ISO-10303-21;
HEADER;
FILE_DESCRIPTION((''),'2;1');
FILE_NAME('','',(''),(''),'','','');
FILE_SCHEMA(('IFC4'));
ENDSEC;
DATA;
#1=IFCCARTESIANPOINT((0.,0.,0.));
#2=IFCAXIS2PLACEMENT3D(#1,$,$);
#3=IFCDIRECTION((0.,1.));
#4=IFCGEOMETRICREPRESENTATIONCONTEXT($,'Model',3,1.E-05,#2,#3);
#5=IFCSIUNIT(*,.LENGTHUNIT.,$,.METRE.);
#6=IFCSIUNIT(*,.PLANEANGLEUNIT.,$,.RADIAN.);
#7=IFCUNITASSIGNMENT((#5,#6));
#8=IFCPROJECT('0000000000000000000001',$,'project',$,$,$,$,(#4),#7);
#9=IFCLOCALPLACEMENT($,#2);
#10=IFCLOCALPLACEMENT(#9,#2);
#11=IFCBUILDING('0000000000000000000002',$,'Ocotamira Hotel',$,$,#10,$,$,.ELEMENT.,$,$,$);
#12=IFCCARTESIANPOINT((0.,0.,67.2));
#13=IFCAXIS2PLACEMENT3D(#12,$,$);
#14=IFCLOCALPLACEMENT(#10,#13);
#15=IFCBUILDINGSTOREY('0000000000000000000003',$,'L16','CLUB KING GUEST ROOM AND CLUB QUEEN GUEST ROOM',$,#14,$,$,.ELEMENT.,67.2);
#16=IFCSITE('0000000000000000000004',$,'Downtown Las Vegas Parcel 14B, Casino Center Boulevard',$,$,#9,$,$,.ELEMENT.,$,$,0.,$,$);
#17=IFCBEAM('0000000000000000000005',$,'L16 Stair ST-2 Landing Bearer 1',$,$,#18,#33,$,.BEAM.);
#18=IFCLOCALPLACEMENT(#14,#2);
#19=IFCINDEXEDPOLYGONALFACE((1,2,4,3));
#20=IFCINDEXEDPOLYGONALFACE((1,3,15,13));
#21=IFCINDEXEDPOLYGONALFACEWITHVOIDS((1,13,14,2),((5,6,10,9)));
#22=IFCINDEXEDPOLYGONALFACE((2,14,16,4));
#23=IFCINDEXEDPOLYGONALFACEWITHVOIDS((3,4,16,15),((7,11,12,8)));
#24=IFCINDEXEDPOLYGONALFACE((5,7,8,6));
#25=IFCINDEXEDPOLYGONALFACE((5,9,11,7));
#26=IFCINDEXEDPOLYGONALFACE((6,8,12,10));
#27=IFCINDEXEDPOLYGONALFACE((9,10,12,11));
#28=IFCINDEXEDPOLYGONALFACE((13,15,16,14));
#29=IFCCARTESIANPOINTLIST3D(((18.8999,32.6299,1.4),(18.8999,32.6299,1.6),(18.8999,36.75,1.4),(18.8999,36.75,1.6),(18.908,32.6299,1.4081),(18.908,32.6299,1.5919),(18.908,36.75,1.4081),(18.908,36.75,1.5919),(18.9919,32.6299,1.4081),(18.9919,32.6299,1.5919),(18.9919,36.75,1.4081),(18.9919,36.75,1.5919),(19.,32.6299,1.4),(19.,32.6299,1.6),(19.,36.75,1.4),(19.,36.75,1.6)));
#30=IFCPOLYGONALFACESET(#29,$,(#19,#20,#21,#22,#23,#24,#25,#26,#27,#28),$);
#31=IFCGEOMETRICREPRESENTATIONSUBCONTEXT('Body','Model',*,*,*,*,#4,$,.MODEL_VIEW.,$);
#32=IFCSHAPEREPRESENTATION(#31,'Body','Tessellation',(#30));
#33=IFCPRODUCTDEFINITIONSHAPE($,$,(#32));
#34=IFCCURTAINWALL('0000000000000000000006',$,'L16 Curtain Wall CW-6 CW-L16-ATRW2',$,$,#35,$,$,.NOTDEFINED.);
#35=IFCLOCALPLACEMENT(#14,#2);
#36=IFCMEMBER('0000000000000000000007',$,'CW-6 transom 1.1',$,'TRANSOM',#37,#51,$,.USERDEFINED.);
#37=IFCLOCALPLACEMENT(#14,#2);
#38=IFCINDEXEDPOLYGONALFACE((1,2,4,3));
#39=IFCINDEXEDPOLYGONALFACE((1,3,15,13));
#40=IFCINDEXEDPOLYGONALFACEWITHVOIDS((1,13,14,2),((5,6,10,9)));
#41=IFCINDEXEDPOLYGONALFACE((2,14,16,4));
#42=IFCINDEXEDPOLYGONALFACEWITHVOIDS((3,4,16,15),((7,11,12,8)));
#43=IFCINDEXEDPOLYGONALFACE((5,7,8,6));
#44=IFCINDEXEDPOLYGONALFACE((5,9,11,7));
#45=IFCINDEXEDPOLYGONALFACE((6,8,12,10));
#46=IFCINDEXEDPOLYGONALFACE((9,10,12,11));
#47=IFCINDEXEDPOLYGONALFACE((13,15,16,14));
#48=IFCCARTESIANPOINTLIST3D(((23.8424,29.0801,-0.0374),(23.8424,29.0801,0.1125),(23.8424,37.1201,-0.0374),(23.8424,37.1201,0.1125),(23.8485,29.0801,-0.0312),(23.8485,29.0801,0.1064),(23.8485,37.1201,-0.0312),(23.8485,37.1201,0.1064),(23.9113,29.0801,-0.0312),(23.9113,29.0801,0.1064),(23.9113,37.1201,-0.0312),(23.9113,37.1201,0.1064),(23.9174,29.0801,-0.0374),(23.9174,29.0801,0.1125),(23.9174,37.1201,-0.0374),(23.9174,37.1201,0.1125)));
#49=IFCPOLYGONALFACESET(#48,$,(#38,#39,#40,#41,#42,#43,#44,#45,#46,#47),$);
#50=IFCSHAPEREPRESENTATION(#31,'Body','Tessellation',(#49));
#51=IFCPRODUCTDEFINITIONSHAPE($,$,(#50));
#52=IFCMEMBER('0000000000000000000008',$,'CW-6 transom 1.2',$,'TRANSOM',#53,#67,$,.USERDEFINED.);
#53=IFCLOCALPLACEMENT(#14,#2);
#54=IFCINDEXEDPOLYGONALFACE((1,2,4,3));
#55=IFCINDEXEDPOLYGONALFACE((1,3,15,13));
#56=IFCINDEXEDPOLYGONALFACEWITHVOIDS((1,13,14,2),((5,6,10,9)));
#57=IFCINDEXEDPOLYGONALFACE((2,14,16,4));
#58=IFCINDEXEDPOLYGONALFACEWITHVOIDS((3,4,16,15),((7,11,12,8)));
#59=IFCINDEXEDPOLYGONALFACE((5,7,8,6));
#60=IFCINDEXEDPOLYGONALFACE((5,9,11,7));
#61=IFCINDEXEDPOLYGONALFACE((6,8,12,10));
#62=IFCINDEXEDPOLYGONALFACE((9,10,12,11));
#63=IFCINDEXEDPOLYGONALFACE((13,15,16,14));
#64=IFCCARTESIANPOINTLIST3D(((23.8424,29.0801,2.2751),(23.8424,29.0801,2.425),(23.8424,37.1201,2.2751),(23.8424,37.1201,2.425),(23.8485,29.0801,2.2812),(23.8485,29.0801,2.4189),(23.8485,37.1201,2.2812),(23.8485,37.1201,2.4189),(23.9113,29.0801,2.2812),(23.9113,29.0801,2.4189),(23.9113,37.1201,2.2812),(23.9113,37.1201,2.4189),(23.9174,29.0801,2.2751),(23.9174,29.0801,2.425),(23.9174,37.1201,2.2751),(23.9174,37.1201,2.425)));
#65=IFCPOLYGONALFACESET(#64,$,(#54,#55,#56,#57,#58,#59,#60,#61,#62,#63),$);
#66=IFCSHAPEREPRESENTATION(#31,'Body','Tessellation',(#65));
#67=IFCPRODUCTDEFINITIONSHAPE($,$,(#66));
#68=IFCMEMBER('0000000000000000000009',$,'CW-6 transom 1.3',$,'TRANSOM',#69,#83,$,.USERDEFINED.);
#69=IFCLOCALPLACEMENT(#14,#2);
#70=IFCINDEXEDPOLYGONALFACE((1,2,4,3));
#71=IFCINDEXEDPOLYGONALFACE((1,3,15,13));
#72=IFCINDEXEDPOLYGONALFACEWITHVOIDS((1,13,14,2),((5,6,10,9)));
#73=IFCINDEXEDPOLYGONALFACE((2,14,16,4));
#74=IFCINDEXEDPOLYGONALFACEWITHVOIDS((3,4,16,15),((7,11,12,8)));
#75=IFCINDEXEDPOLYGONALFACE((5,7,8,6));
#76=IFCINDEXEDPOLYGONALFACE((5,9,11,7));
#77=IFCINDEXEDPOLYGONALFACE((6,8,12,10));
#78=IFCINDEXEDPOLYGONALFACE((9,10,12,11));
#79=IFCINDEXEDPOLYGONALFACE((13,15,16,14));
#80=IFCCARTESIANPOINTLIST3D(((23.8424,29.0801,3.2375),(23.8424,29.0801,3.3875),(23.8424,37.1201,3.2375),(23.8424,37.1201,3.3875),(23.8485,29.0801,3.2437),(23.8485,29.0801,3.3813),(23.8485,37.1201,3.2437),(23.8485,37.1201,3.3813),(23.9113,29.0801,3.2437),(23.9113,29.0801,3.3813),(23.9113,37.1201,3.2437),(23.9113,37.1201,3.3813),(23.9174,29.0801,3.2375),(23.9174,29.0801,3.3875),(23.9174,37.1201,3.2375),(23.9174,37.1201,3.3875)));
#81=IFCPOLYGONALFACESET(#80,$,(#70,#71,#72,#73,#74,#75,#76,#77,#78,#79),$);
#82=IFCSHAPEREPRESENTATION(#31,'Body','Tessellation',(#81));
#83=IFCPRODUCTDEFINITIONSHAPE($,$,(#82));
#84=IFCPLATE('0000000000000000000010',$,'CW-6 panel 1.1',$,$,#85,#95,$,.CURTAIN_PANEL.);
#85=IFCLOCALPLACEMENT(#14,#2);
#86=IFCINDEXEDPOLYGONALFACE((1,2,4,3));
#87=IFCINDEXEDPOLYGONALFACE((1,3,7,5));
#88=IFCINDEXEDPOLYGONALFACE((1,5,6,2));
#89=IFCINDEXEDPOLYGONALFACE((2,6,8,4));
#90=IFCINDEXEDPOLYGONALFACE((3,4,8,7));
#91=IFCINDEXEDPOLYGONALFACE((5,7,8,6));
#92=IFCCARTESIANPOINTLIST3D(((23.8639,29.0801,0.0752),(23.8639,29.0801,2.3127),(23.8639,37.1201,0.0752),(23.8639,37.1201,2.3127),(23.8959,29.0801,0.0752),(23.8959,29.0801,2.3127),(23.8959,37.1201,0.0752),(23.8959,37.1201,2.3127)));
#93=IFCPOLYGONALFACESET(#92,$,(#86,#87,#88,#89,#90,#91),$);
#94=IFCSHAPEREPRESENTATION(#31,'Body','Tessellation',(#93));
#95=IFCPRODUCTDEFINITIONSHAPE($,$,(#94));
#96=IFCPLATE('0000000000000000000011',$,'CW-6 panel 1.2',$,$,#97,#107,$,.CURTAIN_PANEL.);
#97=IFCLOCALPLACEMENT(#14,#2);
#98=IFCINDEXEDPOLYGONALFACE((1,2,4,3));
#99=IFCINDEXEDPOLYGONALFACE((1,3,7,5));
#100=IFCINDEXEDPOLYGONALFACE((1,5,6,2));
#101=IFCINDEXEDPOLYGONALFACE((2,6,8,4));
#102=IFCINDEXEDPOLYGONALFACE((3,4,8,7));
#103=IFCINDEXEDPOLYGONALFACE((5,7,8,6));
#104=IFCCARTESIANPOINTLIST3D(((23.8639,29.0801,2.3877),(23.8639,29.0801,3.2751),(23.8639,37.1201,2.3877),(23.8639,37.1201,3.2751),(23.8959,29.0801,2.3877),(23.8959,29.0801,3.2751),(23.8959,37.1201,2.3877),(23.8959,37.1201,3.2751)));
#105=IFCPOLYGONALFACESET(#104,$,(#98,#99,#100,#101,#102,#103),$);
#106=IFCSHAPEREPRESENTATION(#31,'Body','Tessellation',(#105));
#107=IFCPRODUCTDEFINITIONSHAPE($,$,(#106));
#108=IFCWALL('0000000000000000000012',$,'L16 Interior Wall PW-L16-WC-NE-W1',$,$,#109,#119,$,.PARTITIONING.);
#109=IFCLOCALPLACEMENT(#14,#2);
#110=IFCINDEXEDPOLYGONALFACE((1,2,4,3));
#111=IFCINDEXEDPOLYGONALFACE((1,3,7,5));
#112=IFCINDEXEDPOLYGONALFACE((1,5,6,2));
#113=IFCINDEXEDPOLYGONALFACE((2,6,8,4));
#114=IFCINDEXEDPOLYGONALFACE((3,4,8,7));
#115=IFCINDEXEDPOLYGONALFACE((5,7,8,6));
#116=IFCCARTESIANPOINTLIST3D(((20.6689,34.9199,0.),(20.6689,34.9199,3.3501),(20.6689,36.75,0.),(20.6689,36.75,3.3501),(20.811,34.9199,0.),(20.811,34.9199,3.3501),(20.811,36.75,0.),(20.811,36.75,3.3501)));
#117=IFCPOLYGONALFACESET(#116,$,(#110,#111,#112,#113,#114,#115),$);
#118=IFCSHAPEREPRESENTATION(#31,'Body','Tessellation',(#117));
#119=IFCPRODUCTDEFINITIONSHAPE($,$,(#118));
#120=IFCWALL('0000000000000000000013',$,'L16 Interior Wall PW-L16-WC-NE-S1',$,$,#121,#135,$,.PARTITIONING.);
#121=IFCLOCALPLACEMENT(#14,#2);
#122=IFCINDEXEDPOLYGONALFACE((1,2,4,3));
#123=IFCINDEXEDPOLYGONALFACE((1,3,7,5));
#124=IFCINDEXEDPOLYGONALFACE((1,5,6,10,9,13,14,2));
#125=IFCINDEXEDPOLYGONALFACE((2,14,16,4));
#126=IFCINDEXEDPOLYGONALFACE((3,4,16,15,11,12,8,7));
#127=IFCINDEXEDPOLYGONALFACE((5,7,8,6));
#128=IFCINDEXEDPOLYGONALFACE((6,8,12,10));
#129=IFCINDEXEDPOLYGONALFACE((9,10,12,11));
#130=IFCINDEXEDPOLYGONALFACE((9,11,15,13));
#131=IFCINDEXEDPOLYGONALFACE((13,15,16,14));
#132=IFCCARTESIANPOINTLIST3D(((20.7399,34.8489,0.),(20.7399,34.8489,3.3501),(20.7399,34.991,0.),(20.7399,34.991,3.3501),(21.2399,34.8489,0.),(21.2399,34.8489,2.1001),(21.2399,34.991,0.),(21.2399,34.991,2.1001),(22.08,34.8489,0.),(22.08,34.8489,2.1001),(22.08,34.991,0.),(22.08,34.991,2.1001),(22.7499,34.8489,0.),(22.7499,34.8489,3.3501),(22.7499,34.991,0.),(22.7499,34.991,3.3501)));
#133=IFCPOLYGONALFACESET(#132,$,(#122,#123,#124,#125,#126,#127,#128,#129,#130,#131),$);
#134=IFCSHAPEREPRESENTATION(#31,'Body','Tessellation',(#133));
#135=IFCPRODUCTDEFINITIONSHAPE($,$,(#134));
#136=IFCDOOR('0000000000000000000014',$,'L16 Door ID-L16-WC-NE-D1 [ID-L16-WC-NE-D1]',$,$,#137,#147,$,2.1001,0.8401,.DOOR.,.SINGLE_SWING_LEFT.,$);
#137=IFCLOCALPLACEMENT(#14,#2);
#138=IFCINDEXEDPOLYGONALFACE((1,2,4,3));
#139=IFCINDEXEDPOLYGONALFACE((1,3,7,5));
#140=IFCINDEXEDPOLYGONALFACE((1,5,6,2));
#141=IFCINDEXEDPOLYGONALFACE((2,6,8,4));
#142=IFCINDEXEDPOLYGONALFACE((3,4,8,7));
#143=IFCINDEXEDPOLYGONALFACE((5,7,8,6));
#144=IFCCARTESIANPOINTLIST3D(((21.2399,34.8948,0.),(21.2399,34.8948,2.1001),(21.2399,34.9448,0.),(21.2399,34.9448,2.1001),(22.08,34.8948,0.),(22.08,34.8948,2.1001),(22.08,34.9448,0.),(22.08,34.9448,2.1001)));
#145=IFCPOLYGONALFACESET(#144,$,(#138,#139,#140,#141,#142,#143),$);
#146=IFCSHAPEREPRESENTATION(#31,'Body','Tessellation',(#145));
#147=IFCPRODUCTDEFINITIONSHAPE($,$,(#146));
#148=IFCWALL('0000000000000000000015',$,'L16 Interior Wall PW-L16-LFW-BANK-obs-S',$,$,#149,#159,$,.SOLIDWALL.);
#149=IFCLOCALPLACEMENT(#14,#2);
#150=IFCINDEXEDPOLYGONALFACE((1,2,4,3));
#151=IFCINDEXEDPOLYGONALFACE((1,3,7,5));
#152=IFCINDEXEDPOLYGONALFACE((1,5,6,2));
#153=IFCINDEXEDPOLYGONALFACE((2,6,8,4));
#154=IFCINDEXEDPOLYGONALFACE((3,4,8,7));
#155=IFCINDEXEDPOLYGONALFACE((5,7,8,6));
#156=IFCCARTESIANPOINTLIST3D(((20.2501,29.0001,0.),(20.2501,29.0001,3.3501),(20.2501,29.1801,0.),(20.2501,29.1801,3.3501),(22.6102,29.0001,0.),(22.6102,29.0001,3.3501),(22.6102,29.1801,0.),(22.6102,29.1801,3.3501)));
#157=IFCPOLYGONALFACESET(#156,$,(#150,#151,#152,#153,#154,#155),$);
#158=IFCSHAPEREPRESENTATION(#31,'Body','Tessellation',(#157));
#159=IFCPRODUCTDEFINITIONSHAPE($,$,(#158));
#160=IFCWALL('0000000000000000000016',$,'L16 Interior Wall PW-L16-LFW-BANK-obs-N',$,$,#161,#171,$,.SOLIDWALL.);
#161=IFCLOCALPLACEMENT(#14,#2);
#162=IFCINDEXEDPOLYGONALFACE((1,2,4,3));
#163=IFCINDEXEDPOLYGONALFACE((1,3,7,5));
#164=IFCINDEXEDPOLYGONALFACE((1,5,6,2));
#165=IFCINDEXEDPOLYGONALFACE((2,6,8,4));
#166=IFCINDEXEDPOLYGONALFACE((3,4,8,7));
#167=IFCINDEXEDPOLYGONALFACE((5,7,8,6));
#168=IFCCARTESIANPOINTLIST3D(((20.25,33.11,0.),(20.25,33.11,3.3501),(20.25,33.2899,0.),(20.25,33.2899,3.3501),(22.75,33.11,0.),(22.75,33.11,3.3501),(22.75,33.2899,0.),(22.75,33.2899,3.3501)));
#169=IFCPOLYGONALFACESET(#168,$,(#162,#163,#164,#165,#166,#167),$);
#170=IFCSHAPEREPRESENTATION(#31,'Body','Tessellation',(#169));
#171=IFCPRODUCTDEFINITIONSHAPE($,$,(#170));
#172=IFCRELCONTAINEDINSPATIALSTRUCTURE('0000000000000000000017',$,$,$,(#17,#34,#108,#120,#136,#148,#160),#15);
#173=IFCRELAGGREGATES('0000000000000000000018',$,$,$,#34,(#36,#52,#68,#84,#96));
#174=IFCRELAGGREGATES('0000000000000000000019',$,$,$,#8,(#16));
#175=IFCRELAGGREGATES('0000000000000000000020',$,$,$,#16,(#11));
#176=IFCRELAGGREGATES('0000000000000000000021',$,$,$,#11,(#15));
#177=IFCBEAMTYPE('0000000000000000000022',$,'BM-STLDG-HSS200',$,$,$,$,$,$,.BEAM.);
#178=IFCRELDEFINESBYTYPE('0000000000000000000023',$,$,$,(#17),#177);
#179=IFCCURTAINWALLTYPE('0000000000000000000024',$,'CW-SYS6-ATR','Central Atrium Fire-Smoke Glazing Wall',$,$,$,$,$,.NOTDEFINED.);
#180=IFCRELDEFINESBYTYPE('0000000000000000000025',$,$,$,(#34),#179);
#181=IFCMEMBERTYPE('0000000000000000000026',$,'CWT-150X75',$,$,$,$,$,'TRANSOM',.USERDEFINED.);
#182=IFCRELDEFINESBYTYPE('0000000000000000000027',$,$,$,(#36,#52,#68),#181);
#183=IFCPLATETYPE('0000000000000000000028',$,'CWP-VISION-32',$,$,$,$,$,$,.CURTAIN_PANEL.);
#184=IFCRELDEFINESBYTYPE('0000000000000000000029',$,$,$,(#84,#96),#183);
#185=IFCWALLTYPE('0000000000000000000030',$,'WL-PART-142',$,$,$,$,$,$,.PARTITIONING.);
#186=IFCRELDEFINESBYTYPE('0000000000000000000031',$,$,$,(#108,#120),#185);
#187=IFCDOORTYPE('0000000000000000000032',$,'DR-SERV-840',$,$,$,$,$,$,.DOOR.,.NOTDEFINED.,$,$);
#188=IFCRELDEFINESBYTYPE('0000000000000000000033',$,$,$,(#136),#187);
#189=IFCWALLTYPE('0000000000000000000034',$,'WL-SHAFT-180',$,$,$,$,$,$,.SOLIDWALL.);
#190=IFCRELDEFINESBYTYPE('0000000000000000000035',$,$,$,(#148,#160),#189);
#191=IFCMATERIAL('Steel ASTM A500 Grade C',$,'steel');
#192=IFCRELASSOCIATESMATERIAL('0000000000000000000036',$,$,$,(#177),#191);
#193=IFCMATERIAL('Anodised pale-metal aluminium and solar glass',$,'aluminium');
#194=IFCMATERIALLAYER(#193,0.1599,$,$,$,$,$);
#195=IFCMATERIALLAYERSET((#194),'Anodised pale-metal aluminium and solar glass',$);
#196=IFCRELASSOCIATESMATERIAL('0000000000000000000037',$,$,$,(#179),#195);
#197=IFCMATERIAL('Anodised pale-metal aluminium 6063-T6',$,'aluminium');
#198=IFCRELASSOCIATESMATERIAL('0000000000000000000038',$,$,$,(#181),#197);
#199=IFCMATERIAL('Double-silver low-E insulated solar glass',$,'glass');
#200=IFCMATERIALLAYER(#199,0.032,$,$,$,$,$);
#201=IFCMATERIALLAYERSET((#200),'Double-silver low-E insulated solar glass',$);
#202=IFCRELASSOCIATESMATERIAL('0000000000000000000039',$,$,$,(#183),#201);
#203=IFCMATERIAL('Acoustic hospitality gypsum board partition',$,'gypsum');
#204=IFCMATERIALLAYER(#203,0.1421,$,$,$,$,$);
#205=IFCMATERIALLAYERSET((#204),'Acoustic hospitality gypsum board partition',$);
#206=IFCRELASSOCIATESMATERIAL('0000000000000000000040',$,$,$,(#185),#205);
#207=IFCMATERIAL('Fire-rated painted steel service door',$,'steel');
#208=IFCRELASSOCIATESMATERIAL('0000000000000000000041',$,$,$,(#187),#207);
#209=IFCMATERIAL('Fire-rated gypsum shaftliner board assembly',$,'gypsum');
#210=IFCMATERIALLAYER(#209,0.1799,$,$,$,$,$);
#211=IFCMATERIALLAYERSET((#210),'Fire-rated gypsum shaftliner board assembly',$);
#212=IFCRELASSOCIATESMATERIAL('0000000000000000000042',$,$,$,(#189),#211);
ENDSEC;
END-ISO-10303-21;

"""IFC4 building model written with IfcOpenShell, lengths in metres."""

from ifc_helpers import new_model, si_unit, direction, frame, frame_2d, origin, origin_2d, place, context, subcontext, project, spatial, rectangle, hollow_rectangle, extrude, source, transform, mapped, material, layer, layer_set, material_profile, profile_set, type_object, element, fill, aggregate, save


model = new_model("IFC4")

# Units and contexts
model_context = context("Model", 3, precision=1e-05, world=origin(), true_north=direction((0.0, 1.0)))
body_context = subcontext(model_context, "Body", "Model", "MODEL_VIEW")
ifc_project = project(units=[si_unit("LENGTHUNIT", "METRE"), si_unit("PLANEANGLEUNIT", "RADIAN")], contexts=[model_context])

# Site, building, storey
site_placement = place(None, origin())
site = spatial("IfcSite", under=ifc_project, at=site_placement, Name="Downtown Las Vegas Parcel 14B, Casino Center Boulevard", CompositionType="ELEMENT", RefElevation=0.0)
building_placement = place(site_placement, origin())
building = spatial("IfcBuilding", under=site, at=building_placement, Name="Ocotamira Hotel", CompositionType="ELEMENT")
storey_placement = place(building_placement, frame((0.0, 0.0, 67.2)))
storey = spatial("IfcBuildingStorey", under=building, at=storey_placement, Name="L16", Description="CLUB KING GUEST ROOM AND CLUB QUEEN GUEST ROOM", CompositionType="ELEMENT", Elevation=67.2)

# Beam
ifc_material_1 = material(Name="Steel ASTM A500 Grade C", Category="steel")
ifc_material_profile_1 = material_profile(ifc_material_1, hollow_rectangle(XDim=0.1001, YDim=0.2, WallThickness=0.0081, at=origin_2d()), Name="HSS200X100X8")
ifc_profile_set_1 = profile_set([ifc_material_profile_1], Name="Steel ASTM A500 Grade C")
beam_type = type_object("IfcBeamType", Name="BM-STLDG-HSS200", PredefinedType="BEAM", material=ifc_profile_set_1)
shared_shape_1 = source(origin(), body_context, "Body", "SweptSolid", [
    extrude(hollow_rectangle(XDim=0.1001, YDim=0.2, WallThickness=0.0081, at=origin_2d()), origin(), (0.0, 0.0, 1.0), 4.1201),
])
beam_placement = place(storey_placement, frame((18.95, 32.6299, 1.5), z_axis=(0.0, 1.0, 0.0), x_axis=(-1.0, 0.0, 0.0)))
element("IfcBeam", 1, at=beam_placement, inside=storey, type_object=beam_type, Name="L16 Stair ST-2 Landing Bearer 1", PredefinedType="BEAM", context=body_context, shape_type="MappedRepresentation", body=[
    mapped(shared_shape_1, transform((0.0, 0.0, 0.0), scale=1.0)),
])

# Curtain wall, members, plates
ifc_material_2 = material(Name="Anodised pale-metal aluminium and solar glass", Category="aluminium")
ifc_layer_1 = layer(ifc_material_2, 0.1599)
ifc_layer_set_1 = layer_set([ifc_layer_1], Name="Anodised pale-metal aluminium and solar glass")
curtain_wall_type = type_object("IfcCurtainWallType", Name="CW-SYS6-ATR", Description="Central Atrium Fire-Smoke Glazing Wall", PredefinedType="NOTDEFINED", material=ifc_layer_set_1)
curtain_wall_placement = place(storey_placement, origin())
curtain_wall = element("IfcCurtainWall", 2, at=curtain_wall_placement, inside=storey, type_object=curtain_wall_type, Name="L16 Curtain Wall CW-6 CW-L16-ATRW2", PredefinedType="NOTDEFINED")
ifc_material_3 = material(Name="Anodised pale-metal aluminium 6063-T6", Category="aluminium")
ifc_material_profile_2 = material_profile(ifc_material_3, hollow_rectangle(XDim=0.075, YDim=0.1499, WallThickness=0.0061, at=origin_2d()), Name="HSS150X75X6")
ifc_profile_set_2 = profile_set([ifc_material_profile_2], Name="Anodised pale-metal aluminium 6063-T6")
member_type = type_object("IfcMemberType", Name="CWT-150X75", ElementType="TRANSOM", PredefinedType="USERDEFINED", material=ifc_profile_set_2)
shared_shape_2 = source(origin(), body_context, "Body", "SweptSolid", [
    extrude(hollow_rectangle(XDim=0.075, YDim=0.1499, WallThickness=0.0061, at=origin_2d()), origin(), (0.0, 0.0, 1.0), 8.04),
])
member_1_placement = place(storey_placement, frame((23.8799, 29.0801, 0.0376), z_axis=(0.0, 1.0, 0.0), x_axis=(-1.0, 0.0, 0.0)))
member_1 = element("IfcMember", 3, at=member_1_placement, type_object=member_type, Name="CW-6 transom 1.1", ObjectType="TRANSOM", PredefinedType="USERDEFINED", context=body_context, shape_type="MappedRepresentation", body=[
    mapped(shared_shape_2, transform((0.0, 0.0, 0.0), scale=1.0)),
])
member_2_placement = place(storey_placement, frame((23.8799, 29.0801, 2.3501), z_axis=(0.0, 1.0, 0.0), x_axis=(-1.0, 0.0, 0.0)))
member_2 = element("IfcMember", 4, at=member_2_placement, type_object=member_type, Name="CW-6 transom 1.2", ObjectType="TRANSOM", PredefinedType="USERDEFINED", context=body_context, shape_type="MappedRepresentation", body=[
    mapped(shared_shape_2, transform((0.0, 0.0, 0.0), scale=1.0)),
])
member_3_placement = place(storey_placement, frame((23.8799, 29.0801, 3.3125), z_axis=(0.0, 1.0, 0.0), x_axis=(-1.0, 0.0, 0.0)))
member_3 = element("IfcMember", 5, at=member_3_placement, type_object=member_type, Name="CW-6 transom 1.3", ObjectType="TRANSOM", PredefinedType="USERDEFINED", context=body_context, shape_type="MappedRepresentation", body=[
    mapped(shared_shape_2, transform((0.0, 0.0, 0.0), scale=1.0)),
])
ifc_material_4 = material(Name="Double-silver low-E insulated solar glass", Category="glass")
ifc_layer_2 = layer(ifc_material_4, 0.032)
ifc_layer_set_2 = layer_set([ifc_layer_2], Name="Double-silver low-E insulated solar glass")
plate_type = type_object("IfcPlateType", Name="CWP-VISION-32", PredefinedType="CURTAIN_PANEL", material=ifc_layer_set_2)
shared_shape_3 = source(origin(), body_context, "Body", "SweptSolid", [
    extrude(rectangle(XDim=8.04, YDim=0.032, at=origin_2d()), origin(), (0.0, 0.0, 1.0), 2.2375),
])
plate_1_placement = place(storey_placement, frame((23.8799, 33.1001, 0.0752), z_axis=(0.0, 0.0, 1.0), x_axis=(0.0, 1.0, 0.0)))
plate_1 = element("IfcPlate", 6, at=plate_1_placement, type_object=plate_type, Name="CW-6 panel 1.1", PredefinedType="CURTAIN_PANEL", context=body_context, shape_type="MappedRepresentation", body=[
    mapped(shared_shape_3, transform((0.0, 0.0, 0.0), scale=1.0)),
])
shared_shape_4 = source(origin(), body_context, "Body", "SweptSolid", [
    extrude(rectangle(XDim=8.04, YDim=0.032, at=origin_2d()), origin(), (0.0, 0.0, 1.0), 0.8875),
])
plate_2_placement = place(storey_placement, frame((23.8799, 33.1001, 2.3877), z_axis=(0.0, 0.0, 1.0), x_axis=(0.0, 1.0, 0.0)))
plate_2 = element("IfcPlate", 7, at=plate_2_placement, type_object=plate_type, Name="CW-6 panel 1.2", PredefinedType="CURTAIN_PANEL", context=body_context, shape_type="MappedRepresentation", body=[
    mapped(shared_shape_4, transform((0.0, 0.0, 0.0), scale=1.0)),
])
aggregate(curtain_wall, [member_1, member_2, member_3, plate_1, plate_2])

# Wall
ifc_material_5 = material(Name="Acoustic hospitality gypsum board partition", Category="gypsum")
ifc_layer_3 = layer(ifc_material_5, 0.1421)
ifc_layer_set_3 = layer_set([ifc_layer_3], Name="Acoustic hospitality gypsum board partition")
wall_type_1 = type_object("IfcWallType", Name="WL-PART-142", PredefinedType="PARTITIONING", material=ifc_layer_set_3)
wall_1_placement = place(storey_placement, frame((20.74, 34.9199, 0.0), z_axis=(0.0, 0.0, 1.0), x_axis=(0.0, 1.0, 0.0)))
element("IfcWall", 8, at=wall_1_placement, inside=storey, type_object=wall_type_1, Name="L16 Interior Wall PW-L16-WC-NE-W1", PredefinedType="PARTITIONING", context=body_context, shape_type="SweptSolid", body=[
    extrude(rectangle(XDim=1.8301, YDim=0.1421, at=frame_2d((0.915, 0.0))), origin(), (0.0, 0.0, 1.0), 3.3501),
])

# Wall, opening, door
wall_2_placement = place(storey_placement, frame((20.74, 34.9199, 0.0), z_axis=(0.0, 0.0, 1.0), x_axis=(1.0, 0.0, 0.0)))
wall_2 = element("IfcWall", 9, at=wall_2_placement, inside=storey, type_object=wall_type_1, Name="L16 Interior Wall PW-L16-WC-NE-S1", PredefinedType="PARTITIONING", context=body_context, shape_type="SweptSolid", body=[
    extrude(rectangle(XDim=2.01, YDim=0.1421, at=frame_2d((1.0049, 0.0))), origin(), (0.0, 0.0, 1.0), 3.3501),
])
opening_placement = place(wall_2_placement, frame((0.5, 0.0, 0.0)))
opening = element("IfcOpeningElement", 10, at=opening_placement, cuts=wall_2, PredefinedType="OPENING", context=body_context, shape_type="SweptSolid", body=[
    extrude(rectangle(XDim=0.8401, YDim=2.1001, at=frame_2d((0.4199, 1.05))), frame((0.0, 0.0811, 0.0), z_axis=(0.0, -1.0, 0.0), x_axis=(1.0, 0.0, 0.0)), (0.0, 0.0, 1.0), 0.1621),
])
ifc_material_6 = material(Name="Fire-rated painted steel service door", Category="steel")
door_type = type_object("IfcDoorType", Name="DR-SERV-840", OperationType="NOTDEFINED", PredefinedType="DOOR", material=ifc_material_6)
shared_shape_5 = source(origin(), body_context, "Body", "SweptSolid", [
    extrude(rectangle(XDim=0.8401, YDim=2.1001, at=frame_2d((0.4199, 1.05))), frame((0.0, 0.0249, 0.0), z_axis=(0.0, -1.0, 0.0), x_axis=(1.0, 0.0, 0.0)), (0.0, 0.0, 1.0), 0.05),
])
door_placement = place(opening_placement, origin())
door = element("IfcDoor", 11, at=door_placement, inside=storey, type_object=door_type, Name="L16 Door ID-L16-WC-NE-D1 [ID-L16-WC-NE-D1]", OperationType="SINGLE_SWING_LEFT", OverallHeight=2.1001, OverallWidth=0.8401, PredefinedType="DOOR", context=body_context, shape_type="MappedRepresentation", body=[
    mapped(shared_shape_5, transform((0.0, 0.0, 0.0), scale=1.0)),
])
fill(opening, door)

# Walls
ifc_material_7 = material(Name="Fire-rated gypsum shaftliner board assembly", Category="gypsum")
ifc_layer_4 = layer(ifc_material_7, 0.1799)
ifc_layer_set_4 = layer_set([ifc_layer_4], Name="Fire-rated gypsum shaftliner board assembly")
wall_type_2 = type_object("IfcWallType", Name="WL-SHAFT-180", PredefinedType="SOLIDWALL", material=ifc_layer_set_4)
wall_3_placement = place(storey_placement, frame((20.25, 29.0901, 0.0), z_axis=(0.0, 0.0, 1.0), x_axis=(1.0, 0.0, 0.0)))
element("IfcWall", 12, at=wall_3_placement, inside=storey, type_object=wall_type_2, Name="L16 Interior Wall PW-L16-LFW-BANK-obs-S", PredefinedType="SOLIDWALL", context=body_context, shape_type="SweptSolid", body=[
    extrude(rectangle(XDim=2.3601, YDim=0.1799, at=frame_2d((1.1802, 0.0))), origin(), (0.0, 0.0, 1.0), 3.3501),
])
wall_4_placement = place(storey_placement, frame((20.25, 33.2, 0.0), z_axis=(0.0, 0.0, 1.0), x_axis=(1.0, 0.0, 0.0)))
element("IfcWall", 13, at=wall_4_placement, inside=storey, type_object=wall_type_2, Name="L16 Interior Wall PW-L16-LFW-BANK-obs-N", PredefinedType="SOLIDWALL", context=body_context, shape_type="SweptSolid", body=[
    extrude(rectangle(XDim=2.5, YDim=0.1799, at=frame_2d((1.25, 0.0))), origin(), (0.0, 0.0, 1.0), 3.3501),
])

save(model, "model.ifc")
